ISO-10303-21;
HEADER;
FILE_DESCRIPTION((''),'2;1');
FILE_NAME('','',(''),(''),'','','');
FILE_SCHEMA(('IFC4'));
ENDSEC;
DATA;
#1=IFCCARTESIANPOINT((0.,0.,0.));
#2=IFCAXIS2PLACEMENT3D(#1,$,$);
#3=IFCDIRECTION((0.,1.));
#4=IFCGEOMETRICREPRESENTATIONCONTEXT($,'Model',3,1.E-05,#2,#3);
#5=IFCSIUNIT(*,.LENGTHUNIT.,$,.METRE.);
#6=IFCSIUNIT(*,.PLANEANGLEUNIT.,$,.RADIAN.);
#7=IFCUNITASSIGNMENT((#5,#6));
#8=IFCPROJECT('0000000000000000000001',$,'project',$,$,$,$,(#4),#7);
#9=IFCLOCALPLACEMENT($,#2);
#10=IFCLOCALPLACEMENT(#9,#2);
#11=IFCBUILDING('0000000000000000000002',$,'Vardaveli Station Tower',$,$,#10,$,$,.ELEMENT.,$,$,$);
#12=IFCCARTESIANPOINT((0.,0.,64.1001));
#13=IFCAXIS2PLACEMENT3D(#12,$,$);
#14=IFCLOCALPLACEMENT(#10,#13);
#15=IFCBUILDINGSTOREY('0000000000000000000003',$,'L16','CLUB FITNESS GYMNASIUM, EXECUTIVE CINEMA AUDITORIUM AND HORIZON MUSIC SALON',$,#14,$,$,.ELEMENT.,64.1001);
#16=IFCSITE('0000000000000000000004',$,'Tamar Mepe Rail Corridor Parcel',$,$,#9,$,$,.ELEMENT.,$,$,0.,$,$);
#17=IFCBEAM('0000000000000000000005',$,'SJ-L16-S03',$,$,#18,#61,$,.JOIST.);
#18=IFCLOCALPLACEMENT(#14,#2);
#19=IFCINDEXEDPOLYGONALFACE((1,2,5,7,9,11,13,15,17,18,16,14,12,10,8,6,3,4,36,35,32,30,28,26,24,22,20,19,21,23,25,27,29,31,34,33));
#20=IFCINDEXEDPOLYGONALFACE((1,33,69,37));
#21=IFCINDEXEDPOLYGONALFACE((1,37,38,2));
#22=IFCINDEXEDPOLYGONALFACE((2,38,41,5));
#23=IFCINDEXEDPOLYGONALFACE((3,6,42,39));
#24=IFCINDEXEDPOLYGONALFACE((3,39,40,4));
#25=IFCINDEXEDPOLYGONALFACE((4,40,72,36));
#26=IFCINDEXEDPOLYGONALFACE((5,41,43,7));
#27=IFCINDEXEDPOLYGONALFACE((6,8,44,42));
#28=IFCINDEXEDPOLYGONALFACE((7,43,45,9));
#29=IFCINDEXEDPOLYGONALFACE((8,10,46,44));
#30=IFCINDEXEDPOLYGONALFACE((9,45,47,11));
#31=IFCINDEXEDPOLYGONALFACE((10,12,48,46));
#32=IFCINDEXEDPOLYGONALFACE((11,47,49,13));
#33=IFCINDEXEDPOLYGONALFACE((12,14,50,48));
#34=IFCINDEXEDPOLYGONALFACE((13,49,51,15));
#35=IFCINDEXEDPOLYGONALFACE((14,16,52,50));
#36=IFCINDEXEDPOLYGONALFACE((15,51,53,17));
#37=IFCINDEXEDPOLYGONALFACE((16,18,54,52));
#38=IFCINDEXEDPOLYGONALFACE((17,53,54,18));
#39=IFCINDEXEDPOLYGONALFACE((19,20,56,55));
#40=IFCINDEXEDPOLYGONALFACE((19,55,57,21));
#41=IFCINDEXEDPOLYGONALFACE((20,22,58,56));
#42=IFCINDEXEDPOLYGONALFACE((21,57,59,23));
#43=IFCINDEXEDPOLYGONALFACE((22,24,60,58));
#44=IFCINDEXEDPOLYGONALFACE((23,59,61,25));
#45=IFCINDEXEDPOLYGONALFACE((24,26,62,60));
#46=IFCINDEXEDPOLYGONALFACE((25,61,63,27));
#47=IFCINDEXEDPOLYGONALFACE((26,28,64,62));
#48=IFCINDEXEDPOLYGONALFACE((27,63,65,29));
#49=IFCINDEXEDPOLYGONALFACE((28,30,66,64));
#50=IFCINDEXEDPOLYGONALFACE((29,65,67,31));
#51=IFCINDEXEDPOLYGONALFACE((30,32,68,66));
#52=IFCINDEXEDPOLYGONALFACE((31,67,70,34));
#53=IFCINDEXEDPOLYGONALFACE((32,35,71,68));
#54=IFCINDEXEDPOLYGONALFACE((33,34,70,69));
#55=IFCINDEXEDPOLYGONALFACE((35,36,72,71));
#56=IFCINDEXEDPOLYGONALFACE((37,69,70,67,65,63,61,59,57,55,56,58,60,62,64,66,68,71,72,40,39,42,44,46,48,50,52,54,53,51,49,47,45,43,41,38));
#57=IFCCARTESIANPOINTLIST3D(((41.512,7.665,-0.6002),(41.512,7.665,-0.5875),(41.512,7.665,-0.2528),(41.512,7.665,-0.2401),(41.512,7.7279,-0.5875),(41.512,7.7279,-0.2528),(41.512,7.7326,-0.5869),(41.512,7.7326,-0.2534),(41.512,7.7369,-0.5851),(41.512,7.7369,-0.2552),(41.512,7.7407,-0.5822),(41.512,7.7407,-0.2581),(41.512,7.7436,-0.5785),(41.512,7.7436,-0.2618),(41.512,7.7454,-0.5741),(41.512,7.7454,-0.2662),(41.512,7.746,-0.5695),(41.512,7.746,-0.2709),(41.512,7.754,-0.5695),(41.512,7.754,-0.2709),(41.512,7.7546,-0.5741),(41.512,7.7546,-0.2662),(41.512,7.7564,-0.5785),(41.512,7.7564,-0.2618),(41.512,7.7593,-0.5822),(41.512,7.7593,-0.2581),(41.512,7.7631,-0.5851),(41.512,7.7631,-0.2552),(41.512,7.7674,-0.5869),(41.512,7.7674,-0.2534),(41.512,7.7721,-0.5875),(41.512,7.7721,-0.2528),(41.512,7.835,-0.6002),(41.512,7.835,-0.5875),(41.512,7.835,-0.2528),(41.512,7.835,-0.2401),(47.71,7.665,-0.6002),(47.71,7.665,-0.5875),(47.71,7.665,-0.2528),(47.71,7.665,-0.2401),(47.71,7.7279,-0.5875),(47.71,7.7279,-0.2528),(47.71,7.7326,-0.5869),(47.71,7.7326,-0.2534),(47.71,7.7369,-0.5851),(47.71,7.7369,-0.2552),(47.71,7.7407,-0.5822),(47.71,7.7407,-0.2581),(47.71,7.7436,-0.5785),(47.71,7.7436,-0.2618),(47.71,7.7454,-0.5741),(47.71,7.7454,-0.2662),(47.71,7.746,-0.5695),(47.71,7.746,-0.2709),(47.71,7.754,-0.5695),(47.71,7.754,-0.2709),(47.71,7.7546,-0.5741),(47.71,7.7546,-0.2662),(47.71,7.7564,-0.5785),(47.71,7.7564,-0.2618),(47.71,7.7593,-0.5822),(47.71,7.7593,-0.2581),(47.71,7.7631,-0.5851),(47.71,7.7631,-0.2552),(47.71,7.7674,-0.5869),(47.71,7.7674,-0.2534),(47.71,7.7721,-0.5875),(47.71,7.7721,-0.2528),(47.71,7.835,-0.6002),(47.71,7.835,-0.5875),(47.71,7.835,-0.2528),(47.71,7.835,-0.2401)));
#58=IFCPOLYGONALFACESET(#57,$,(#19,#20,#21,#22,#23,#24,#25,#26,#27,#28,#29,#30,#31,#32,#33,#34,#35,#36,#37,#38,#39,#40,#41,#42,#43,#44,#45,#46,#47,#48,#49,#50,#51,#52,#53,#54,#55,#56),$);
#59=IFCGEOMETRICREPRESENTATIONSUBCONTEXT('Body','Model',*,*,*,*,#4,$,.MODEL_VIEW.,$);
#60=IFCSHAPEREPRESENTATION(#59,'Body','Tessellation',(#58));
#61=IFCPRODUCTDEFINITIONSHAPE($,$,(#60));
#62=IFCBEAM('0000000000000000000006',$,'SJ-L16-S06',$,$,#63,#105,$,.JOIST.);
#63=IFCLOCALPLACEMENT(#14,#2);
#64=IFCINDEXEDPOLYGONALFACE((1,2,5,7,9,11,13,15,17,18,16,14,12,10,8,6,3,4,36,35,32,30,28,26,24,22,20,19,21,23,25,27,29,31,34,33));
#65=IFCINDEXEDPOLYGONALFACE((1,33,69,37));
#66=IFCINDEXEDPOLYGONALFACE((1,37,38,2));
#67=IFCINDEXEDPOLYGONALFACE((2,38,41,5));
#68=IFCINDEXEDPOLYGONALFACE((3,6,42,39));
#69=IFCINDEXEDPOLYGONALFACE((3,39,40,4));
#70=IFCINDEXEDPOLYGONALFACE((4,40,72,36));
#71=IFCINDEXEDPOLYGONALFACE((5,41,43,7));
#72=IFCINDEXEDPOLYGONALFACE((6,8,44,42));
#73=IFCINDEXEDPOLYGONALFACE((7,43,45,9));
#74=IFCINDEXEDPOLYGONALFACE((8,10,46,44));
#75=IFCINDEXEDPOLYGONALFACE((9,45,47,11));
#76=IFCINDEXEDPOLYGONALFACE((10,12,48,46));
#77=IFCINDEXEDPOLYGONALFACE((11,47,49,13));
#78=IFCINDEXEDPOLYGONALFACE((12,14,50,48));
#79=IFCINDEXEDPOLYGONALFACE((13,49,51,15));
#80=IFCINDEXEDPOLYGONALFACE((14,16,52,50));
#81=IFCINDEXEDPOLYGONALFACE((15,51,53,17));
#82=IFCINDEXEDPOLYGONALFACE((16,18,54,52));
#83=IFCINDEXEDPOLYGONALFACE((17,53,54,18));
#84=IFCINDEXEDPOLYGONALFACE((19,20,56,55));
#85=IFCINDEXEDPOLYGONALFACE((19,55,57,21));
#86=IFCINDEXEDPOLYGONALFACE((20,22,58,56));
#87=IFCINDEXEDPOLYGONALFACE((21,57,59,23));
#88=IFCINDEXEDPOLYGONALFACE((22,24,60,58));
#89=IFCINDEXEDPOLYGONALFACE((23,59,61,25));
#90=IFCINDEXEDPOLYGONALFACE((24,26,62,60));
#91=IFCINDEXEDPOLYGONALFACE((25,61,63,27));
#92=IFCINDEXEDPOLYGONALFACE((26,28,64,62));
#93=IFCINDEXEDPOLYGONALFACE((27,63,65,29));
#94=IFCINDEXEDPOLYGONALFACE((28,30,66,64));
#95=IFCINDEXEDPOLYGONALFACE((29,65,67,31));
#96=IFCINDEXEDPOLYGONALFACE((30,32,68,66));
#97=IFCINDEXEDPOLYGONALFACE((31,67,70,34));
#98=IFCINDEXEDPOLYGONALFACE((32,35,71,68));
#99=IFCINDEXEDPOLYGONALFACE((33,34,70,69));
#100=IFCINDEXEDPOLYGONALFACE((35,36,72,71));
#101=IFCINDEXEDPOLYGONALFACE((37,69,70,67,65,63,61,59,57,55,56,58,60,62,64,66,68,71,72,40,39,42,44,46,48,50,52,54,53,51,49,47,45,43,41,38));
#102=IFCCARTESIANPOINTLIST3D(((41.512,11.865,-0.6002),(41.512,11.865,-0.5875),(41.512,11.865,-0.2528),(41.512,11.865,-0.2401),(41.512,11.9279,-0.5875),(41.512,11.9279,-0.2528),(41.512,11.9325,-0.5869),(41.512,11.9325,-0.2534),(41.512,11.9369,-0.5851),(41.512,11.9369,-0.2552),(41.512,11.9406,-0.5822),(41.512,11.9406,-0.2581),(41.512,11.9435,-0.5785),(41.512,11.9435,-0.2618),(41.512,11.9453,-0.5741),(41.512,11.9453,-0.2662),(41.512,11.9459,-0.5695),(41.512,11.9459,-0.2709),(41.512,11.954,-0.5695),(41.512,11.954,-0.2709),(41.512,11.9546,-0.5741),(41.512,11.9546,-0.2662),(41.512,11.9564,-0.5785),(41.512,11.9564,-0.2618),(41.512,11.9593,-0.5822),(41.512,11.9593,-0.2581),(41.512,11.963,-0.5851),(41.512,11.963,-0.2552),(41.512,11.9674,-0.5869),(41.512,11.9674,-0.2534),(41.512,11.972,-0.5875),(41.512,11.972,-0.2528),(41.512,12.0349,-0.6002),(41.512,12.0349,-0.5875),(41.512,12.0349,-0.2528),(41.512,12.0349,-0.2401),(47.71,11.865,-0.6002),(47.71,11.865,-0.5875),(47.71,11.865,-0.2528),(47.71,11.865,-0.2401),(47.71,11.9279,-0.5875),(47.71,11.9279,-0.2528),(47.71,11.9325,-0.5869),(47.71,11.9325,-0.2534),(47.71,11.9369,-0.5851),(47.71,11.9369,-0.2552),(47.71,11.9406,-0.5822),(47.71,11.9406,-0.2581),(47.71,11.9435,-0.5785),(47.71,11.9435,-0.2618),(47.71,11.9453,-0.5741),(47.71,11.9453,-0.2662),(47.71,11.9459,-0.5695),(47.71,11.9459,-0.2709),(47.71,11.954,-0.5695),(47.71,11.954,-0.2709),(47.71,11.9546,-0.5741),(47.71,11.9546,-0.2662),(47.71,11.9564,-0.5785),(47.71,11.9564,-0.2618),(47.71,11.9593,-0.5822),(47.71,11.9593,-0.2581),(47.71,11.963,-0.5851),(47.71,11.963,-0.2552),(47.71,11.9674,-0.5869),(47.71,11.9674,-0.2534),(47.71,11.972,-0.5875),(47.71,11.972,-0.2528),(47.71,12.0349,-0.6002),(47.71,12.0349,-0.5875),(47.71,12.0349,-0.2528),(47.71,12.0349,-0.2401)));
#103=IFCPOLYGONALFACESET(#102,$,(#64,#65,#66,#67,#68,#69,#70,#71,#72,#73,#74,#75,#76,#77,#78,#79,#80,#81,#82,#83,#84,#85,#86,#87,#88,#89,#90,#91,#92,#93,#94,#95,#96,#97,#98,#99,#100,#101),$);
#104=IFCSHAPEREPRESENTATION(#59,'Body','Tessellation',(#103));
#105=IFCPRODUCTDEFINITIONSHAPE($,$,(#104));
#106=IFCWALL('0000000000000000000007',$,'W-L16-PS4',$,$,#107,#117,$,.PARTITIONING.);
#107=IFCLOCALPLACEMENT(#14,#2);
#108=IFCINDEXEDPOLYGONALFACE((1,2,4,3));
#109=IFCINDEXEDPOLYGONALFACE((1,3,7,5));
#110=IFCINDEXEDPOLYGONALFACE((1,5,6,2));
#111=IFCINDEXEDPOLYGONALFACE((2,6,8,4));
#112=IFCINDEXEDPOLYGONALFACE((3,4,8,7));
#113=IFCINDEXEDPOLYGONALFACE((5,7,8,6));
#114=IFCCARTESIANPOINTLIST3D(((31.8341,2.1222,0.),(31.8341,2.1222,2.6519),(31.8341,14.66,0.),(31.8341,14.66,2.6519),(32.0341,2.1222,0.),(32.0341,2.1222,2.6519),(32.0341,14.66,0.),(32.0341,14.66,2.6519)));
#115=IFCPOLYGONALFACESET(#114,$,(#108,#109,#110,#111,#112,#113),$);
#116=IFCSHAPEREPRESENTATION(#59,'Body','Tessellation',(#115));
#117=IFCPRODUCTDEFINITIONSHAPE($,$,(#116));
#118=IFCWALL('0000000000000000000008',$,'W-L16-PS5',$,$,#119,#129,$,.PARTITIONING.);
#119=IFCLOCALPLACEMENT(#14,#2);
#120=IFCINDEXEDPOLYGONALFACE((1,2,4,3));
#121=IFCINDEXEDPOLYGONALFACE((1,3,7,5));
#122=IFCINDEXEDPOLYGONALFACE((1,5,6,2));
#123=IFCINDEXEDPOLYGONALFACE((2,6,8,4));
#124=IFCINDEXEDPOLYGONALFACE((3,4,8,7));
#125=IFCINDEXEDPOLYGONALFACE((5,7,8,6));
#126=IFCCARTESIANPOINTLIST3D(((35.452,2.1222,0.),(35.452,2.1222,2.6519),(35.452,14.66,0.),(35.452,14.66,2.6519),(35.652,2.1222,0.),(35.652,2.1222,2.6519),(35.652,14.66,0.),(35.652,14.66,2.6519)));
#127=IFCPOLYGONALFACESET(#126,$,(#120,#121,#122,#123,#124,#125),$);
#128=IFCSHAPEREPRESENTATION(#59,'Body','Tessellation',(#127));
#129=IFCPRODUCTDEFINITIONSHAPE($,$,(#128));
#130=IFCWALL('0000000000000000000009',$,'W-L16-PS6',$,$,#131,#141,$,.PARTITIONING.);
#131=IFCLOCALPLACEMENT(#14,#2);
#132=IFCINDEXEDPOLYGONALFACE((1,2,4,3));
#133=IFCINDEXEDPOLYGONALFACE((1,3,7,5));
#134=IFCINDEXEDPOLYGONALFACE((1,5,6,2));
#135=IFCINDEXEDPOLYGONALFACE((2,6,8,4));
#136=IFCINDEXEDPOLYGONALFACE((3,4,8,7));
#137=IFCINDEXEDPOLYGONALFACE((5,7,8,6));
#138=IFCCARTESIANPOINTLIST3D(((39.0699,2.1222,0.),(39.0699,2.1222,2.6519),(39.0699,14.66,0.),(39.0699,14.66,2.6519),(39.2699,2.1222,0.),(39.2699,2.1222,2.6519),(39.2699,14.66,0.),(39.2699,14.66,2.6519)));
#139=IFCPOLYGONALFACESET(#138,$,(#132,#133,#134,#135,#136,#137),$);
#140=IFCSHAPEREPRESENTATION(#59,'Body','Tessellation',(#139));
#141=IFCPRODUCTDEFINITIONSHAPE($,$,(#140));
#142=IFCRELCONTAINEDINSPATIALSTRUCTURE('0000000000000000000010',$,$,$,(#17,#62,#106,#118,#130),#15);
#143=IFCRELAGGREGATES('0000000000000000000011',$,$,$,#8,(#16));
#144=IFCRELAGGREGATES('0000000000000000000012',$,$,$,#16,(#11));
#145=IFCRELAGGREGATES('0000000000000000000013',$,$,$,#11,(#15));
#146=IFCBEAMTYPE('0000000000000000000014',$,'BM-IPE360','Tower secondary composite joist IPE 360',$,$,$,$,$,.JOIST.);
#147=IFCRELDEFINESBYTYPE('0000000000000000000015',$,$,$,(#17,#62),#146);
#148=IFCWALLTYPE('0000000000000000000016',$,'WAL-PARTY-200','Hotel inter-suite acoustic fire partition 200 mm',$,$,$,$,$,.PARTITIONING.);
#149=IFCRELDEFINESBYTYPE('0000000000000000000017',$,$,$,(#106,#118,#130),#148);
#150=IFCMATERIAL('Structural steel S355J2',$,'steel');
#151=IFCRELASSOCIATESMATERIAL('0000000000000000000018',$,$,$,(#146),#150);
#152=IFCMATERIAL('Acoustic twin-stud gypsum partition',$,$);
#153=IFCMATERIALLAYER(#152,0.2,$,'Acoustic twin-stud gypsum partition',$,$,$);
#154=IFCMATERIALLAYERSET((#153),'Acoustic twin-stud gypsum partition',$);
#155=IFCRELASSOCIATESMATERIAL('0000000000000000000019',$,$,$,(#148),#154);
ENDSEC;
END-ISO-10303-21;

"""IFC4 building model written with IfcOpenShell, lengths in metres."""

from ifc_helpers import new_model, si_unit, direction, frame, frame_2d, origin, origin_2d, place, context, subcontext, project, spatial, rectangle, i_section, extrude, source, transform, mapped, material, layer, layer_set, material_profile, profile_set, type_object, element, save


model = new_model("IFC4")

# Units and contexts
model_context = context("Model", 3, precision=1e-05, world=origin(), true_north=direction((0.0, 1.0)))
body_context = subcontext(model_context, "Body", "Model", "MODEL_VIEW")
ifc_project = project(units=[si_unit("LENGTHUNIT", "METRE"), si_unit("PLANEANGLEUNIT", "RADIAN")], contexts=[model_context])

# Site, building, storey
site_placement = place(None, origin())
site = spatial("IfcSite", under=ifc_project, at=site_placement, Name="Tamar Mepe Rail Corridor Parcel", CompositionType="ELEMENT", RefElevation=0.0)
building_placement = place(site_placement, origin())
building = spatial("IfcBuilding", under=site, at=building_placement, Name="Vardaveli Station Tower", CompositionType="ELEMENT")
storey_placement = place(building_placement, frame((0.0, 0.0, 64.1001)))
storey = spatial("IfcBuildingStorey", under=building, at=storey_placement, Name="L16", Description="CLUB FITNESS GYMNASIUM, EXECUTIVE CINEMA AUDITORIUM AND HORIZON MUSIC SALON", CompositionType="ELEMENT", Elevation=64.1001)

# Beams
ifc_material_1 = material(Name="Structural steel S355J2", Category="steel")
ifc_material_profile_1 = material_profile(ifc_material_1, i_section(OverallWidth=0.1699, OverallDepth=0.3601, WebThickness=0.0081, FlangeThickness=0.0127, FilletRadius=0.0181, at=origin_2d()), Name="IPE 360")
ifc_profile_set_1 = profile_set([ifc_material_profile_1], Name="Structural steel S355J2")
beam_type_1 = type_object("IfcBeamType", Name="BM-IPE360", Description="Tower secondary composite joist IPE 360", PredefinedType="JOIST", material=ifc_profile_set_1)
shared_shape_1 = source(origin(), body_context, "Body", "SweptSolid", [
    extrude(i_section(OverallWidth=0.1699, OverallDepth=0.3601, WebThickness=0.0081, FlangeThickness=0.0127, FilletRadius=0.0181, at=origin_2d()), origin(), (0.0, 0.0, 1.0), 6.198),
])
for number, where, z_axis, x_axis, name in (
    (1, (41.512, 7.75, -0.4202), (1.0, 0.0, 0.0), (0.0, 1.0, 0.0), "SJ-L16-S03"),
    (2, (41.512, 11.95, -0.4202), (1.0, 0.0, 0.0), (0.0, 1.0, 0.0), "SJ-L16-S06"),
):
    element("IfcBeam", number, at=place(storey_placement, frame(where, z_axis=z_axis, x_axis=x_axis)), inside=storey, type_object=beam_type_1, Name=name, PredefinedType="JOIST", context=body_context, shape_type="MappedRepresentation", body=[
        mapped(shared_shape_1, transform((0.0, 0.0, 0.0), scale=1.0)),
    ])

# Walls
ifc_material_2 = material(Name="Acoustic twin-stud gypsum partition")
ifc_layer = layer(ifc_material_2, 0.2, Name="Acoustic twin-stud gypsum partition")
ifc_layer_set = layer_set([ifc_layer], Name="Acoustic twin-stud gypsum partition")
wall_type = type_object("IfcWallType", Name="WAL-PARTY-200", Description="Hotel inter-suite acoustic fire partition 200 mm", PredefinedType="PARTITIONING", material=ifc_layer_set)
shared_shape_2 = source(origin(), body_context, "Body", "SweptSolid", [
    extrude(rectangle(XDim=12.5378, YDim=0.2, at=frame_2d((6.269, 0.0))), origin(), (0.0, 0.0, 1.0), 2.6519),
])
for number, where, z_axis, x_axis, name in (
    (3, (31.9341, 2.1221, 0.0), (0.0, 0.0, 1.0), (0.0, 1.0, 0.0), "W-L16-PS4"),
    (4, (35.552, 2.1221, 0.0), (0.0, 0.0, 1.0), (0.0, 1.0, 0.0), "W-L16-PS5"),
    (5, (39.1699, 2.1221, 0.0), (0.0, 0.0, 1.0), (0.0, 1.0, 0.0), "W-L16-PS6"),
):
    element("IfcWall", number, at=place(storey_placement, frame(where, z_axis=z_axis, x_axis=x_axis)), inside=storey, type_object=wall_type, Name=name, PredefinedType="PARTITIONING", context=body_context, shape_type="MappedRepresentation", body=[
        mapped(shared_shape_2, transform((0.0, 0.0, 0.0), scale=1.0)),
    ])

save(model, "model.ifc")
